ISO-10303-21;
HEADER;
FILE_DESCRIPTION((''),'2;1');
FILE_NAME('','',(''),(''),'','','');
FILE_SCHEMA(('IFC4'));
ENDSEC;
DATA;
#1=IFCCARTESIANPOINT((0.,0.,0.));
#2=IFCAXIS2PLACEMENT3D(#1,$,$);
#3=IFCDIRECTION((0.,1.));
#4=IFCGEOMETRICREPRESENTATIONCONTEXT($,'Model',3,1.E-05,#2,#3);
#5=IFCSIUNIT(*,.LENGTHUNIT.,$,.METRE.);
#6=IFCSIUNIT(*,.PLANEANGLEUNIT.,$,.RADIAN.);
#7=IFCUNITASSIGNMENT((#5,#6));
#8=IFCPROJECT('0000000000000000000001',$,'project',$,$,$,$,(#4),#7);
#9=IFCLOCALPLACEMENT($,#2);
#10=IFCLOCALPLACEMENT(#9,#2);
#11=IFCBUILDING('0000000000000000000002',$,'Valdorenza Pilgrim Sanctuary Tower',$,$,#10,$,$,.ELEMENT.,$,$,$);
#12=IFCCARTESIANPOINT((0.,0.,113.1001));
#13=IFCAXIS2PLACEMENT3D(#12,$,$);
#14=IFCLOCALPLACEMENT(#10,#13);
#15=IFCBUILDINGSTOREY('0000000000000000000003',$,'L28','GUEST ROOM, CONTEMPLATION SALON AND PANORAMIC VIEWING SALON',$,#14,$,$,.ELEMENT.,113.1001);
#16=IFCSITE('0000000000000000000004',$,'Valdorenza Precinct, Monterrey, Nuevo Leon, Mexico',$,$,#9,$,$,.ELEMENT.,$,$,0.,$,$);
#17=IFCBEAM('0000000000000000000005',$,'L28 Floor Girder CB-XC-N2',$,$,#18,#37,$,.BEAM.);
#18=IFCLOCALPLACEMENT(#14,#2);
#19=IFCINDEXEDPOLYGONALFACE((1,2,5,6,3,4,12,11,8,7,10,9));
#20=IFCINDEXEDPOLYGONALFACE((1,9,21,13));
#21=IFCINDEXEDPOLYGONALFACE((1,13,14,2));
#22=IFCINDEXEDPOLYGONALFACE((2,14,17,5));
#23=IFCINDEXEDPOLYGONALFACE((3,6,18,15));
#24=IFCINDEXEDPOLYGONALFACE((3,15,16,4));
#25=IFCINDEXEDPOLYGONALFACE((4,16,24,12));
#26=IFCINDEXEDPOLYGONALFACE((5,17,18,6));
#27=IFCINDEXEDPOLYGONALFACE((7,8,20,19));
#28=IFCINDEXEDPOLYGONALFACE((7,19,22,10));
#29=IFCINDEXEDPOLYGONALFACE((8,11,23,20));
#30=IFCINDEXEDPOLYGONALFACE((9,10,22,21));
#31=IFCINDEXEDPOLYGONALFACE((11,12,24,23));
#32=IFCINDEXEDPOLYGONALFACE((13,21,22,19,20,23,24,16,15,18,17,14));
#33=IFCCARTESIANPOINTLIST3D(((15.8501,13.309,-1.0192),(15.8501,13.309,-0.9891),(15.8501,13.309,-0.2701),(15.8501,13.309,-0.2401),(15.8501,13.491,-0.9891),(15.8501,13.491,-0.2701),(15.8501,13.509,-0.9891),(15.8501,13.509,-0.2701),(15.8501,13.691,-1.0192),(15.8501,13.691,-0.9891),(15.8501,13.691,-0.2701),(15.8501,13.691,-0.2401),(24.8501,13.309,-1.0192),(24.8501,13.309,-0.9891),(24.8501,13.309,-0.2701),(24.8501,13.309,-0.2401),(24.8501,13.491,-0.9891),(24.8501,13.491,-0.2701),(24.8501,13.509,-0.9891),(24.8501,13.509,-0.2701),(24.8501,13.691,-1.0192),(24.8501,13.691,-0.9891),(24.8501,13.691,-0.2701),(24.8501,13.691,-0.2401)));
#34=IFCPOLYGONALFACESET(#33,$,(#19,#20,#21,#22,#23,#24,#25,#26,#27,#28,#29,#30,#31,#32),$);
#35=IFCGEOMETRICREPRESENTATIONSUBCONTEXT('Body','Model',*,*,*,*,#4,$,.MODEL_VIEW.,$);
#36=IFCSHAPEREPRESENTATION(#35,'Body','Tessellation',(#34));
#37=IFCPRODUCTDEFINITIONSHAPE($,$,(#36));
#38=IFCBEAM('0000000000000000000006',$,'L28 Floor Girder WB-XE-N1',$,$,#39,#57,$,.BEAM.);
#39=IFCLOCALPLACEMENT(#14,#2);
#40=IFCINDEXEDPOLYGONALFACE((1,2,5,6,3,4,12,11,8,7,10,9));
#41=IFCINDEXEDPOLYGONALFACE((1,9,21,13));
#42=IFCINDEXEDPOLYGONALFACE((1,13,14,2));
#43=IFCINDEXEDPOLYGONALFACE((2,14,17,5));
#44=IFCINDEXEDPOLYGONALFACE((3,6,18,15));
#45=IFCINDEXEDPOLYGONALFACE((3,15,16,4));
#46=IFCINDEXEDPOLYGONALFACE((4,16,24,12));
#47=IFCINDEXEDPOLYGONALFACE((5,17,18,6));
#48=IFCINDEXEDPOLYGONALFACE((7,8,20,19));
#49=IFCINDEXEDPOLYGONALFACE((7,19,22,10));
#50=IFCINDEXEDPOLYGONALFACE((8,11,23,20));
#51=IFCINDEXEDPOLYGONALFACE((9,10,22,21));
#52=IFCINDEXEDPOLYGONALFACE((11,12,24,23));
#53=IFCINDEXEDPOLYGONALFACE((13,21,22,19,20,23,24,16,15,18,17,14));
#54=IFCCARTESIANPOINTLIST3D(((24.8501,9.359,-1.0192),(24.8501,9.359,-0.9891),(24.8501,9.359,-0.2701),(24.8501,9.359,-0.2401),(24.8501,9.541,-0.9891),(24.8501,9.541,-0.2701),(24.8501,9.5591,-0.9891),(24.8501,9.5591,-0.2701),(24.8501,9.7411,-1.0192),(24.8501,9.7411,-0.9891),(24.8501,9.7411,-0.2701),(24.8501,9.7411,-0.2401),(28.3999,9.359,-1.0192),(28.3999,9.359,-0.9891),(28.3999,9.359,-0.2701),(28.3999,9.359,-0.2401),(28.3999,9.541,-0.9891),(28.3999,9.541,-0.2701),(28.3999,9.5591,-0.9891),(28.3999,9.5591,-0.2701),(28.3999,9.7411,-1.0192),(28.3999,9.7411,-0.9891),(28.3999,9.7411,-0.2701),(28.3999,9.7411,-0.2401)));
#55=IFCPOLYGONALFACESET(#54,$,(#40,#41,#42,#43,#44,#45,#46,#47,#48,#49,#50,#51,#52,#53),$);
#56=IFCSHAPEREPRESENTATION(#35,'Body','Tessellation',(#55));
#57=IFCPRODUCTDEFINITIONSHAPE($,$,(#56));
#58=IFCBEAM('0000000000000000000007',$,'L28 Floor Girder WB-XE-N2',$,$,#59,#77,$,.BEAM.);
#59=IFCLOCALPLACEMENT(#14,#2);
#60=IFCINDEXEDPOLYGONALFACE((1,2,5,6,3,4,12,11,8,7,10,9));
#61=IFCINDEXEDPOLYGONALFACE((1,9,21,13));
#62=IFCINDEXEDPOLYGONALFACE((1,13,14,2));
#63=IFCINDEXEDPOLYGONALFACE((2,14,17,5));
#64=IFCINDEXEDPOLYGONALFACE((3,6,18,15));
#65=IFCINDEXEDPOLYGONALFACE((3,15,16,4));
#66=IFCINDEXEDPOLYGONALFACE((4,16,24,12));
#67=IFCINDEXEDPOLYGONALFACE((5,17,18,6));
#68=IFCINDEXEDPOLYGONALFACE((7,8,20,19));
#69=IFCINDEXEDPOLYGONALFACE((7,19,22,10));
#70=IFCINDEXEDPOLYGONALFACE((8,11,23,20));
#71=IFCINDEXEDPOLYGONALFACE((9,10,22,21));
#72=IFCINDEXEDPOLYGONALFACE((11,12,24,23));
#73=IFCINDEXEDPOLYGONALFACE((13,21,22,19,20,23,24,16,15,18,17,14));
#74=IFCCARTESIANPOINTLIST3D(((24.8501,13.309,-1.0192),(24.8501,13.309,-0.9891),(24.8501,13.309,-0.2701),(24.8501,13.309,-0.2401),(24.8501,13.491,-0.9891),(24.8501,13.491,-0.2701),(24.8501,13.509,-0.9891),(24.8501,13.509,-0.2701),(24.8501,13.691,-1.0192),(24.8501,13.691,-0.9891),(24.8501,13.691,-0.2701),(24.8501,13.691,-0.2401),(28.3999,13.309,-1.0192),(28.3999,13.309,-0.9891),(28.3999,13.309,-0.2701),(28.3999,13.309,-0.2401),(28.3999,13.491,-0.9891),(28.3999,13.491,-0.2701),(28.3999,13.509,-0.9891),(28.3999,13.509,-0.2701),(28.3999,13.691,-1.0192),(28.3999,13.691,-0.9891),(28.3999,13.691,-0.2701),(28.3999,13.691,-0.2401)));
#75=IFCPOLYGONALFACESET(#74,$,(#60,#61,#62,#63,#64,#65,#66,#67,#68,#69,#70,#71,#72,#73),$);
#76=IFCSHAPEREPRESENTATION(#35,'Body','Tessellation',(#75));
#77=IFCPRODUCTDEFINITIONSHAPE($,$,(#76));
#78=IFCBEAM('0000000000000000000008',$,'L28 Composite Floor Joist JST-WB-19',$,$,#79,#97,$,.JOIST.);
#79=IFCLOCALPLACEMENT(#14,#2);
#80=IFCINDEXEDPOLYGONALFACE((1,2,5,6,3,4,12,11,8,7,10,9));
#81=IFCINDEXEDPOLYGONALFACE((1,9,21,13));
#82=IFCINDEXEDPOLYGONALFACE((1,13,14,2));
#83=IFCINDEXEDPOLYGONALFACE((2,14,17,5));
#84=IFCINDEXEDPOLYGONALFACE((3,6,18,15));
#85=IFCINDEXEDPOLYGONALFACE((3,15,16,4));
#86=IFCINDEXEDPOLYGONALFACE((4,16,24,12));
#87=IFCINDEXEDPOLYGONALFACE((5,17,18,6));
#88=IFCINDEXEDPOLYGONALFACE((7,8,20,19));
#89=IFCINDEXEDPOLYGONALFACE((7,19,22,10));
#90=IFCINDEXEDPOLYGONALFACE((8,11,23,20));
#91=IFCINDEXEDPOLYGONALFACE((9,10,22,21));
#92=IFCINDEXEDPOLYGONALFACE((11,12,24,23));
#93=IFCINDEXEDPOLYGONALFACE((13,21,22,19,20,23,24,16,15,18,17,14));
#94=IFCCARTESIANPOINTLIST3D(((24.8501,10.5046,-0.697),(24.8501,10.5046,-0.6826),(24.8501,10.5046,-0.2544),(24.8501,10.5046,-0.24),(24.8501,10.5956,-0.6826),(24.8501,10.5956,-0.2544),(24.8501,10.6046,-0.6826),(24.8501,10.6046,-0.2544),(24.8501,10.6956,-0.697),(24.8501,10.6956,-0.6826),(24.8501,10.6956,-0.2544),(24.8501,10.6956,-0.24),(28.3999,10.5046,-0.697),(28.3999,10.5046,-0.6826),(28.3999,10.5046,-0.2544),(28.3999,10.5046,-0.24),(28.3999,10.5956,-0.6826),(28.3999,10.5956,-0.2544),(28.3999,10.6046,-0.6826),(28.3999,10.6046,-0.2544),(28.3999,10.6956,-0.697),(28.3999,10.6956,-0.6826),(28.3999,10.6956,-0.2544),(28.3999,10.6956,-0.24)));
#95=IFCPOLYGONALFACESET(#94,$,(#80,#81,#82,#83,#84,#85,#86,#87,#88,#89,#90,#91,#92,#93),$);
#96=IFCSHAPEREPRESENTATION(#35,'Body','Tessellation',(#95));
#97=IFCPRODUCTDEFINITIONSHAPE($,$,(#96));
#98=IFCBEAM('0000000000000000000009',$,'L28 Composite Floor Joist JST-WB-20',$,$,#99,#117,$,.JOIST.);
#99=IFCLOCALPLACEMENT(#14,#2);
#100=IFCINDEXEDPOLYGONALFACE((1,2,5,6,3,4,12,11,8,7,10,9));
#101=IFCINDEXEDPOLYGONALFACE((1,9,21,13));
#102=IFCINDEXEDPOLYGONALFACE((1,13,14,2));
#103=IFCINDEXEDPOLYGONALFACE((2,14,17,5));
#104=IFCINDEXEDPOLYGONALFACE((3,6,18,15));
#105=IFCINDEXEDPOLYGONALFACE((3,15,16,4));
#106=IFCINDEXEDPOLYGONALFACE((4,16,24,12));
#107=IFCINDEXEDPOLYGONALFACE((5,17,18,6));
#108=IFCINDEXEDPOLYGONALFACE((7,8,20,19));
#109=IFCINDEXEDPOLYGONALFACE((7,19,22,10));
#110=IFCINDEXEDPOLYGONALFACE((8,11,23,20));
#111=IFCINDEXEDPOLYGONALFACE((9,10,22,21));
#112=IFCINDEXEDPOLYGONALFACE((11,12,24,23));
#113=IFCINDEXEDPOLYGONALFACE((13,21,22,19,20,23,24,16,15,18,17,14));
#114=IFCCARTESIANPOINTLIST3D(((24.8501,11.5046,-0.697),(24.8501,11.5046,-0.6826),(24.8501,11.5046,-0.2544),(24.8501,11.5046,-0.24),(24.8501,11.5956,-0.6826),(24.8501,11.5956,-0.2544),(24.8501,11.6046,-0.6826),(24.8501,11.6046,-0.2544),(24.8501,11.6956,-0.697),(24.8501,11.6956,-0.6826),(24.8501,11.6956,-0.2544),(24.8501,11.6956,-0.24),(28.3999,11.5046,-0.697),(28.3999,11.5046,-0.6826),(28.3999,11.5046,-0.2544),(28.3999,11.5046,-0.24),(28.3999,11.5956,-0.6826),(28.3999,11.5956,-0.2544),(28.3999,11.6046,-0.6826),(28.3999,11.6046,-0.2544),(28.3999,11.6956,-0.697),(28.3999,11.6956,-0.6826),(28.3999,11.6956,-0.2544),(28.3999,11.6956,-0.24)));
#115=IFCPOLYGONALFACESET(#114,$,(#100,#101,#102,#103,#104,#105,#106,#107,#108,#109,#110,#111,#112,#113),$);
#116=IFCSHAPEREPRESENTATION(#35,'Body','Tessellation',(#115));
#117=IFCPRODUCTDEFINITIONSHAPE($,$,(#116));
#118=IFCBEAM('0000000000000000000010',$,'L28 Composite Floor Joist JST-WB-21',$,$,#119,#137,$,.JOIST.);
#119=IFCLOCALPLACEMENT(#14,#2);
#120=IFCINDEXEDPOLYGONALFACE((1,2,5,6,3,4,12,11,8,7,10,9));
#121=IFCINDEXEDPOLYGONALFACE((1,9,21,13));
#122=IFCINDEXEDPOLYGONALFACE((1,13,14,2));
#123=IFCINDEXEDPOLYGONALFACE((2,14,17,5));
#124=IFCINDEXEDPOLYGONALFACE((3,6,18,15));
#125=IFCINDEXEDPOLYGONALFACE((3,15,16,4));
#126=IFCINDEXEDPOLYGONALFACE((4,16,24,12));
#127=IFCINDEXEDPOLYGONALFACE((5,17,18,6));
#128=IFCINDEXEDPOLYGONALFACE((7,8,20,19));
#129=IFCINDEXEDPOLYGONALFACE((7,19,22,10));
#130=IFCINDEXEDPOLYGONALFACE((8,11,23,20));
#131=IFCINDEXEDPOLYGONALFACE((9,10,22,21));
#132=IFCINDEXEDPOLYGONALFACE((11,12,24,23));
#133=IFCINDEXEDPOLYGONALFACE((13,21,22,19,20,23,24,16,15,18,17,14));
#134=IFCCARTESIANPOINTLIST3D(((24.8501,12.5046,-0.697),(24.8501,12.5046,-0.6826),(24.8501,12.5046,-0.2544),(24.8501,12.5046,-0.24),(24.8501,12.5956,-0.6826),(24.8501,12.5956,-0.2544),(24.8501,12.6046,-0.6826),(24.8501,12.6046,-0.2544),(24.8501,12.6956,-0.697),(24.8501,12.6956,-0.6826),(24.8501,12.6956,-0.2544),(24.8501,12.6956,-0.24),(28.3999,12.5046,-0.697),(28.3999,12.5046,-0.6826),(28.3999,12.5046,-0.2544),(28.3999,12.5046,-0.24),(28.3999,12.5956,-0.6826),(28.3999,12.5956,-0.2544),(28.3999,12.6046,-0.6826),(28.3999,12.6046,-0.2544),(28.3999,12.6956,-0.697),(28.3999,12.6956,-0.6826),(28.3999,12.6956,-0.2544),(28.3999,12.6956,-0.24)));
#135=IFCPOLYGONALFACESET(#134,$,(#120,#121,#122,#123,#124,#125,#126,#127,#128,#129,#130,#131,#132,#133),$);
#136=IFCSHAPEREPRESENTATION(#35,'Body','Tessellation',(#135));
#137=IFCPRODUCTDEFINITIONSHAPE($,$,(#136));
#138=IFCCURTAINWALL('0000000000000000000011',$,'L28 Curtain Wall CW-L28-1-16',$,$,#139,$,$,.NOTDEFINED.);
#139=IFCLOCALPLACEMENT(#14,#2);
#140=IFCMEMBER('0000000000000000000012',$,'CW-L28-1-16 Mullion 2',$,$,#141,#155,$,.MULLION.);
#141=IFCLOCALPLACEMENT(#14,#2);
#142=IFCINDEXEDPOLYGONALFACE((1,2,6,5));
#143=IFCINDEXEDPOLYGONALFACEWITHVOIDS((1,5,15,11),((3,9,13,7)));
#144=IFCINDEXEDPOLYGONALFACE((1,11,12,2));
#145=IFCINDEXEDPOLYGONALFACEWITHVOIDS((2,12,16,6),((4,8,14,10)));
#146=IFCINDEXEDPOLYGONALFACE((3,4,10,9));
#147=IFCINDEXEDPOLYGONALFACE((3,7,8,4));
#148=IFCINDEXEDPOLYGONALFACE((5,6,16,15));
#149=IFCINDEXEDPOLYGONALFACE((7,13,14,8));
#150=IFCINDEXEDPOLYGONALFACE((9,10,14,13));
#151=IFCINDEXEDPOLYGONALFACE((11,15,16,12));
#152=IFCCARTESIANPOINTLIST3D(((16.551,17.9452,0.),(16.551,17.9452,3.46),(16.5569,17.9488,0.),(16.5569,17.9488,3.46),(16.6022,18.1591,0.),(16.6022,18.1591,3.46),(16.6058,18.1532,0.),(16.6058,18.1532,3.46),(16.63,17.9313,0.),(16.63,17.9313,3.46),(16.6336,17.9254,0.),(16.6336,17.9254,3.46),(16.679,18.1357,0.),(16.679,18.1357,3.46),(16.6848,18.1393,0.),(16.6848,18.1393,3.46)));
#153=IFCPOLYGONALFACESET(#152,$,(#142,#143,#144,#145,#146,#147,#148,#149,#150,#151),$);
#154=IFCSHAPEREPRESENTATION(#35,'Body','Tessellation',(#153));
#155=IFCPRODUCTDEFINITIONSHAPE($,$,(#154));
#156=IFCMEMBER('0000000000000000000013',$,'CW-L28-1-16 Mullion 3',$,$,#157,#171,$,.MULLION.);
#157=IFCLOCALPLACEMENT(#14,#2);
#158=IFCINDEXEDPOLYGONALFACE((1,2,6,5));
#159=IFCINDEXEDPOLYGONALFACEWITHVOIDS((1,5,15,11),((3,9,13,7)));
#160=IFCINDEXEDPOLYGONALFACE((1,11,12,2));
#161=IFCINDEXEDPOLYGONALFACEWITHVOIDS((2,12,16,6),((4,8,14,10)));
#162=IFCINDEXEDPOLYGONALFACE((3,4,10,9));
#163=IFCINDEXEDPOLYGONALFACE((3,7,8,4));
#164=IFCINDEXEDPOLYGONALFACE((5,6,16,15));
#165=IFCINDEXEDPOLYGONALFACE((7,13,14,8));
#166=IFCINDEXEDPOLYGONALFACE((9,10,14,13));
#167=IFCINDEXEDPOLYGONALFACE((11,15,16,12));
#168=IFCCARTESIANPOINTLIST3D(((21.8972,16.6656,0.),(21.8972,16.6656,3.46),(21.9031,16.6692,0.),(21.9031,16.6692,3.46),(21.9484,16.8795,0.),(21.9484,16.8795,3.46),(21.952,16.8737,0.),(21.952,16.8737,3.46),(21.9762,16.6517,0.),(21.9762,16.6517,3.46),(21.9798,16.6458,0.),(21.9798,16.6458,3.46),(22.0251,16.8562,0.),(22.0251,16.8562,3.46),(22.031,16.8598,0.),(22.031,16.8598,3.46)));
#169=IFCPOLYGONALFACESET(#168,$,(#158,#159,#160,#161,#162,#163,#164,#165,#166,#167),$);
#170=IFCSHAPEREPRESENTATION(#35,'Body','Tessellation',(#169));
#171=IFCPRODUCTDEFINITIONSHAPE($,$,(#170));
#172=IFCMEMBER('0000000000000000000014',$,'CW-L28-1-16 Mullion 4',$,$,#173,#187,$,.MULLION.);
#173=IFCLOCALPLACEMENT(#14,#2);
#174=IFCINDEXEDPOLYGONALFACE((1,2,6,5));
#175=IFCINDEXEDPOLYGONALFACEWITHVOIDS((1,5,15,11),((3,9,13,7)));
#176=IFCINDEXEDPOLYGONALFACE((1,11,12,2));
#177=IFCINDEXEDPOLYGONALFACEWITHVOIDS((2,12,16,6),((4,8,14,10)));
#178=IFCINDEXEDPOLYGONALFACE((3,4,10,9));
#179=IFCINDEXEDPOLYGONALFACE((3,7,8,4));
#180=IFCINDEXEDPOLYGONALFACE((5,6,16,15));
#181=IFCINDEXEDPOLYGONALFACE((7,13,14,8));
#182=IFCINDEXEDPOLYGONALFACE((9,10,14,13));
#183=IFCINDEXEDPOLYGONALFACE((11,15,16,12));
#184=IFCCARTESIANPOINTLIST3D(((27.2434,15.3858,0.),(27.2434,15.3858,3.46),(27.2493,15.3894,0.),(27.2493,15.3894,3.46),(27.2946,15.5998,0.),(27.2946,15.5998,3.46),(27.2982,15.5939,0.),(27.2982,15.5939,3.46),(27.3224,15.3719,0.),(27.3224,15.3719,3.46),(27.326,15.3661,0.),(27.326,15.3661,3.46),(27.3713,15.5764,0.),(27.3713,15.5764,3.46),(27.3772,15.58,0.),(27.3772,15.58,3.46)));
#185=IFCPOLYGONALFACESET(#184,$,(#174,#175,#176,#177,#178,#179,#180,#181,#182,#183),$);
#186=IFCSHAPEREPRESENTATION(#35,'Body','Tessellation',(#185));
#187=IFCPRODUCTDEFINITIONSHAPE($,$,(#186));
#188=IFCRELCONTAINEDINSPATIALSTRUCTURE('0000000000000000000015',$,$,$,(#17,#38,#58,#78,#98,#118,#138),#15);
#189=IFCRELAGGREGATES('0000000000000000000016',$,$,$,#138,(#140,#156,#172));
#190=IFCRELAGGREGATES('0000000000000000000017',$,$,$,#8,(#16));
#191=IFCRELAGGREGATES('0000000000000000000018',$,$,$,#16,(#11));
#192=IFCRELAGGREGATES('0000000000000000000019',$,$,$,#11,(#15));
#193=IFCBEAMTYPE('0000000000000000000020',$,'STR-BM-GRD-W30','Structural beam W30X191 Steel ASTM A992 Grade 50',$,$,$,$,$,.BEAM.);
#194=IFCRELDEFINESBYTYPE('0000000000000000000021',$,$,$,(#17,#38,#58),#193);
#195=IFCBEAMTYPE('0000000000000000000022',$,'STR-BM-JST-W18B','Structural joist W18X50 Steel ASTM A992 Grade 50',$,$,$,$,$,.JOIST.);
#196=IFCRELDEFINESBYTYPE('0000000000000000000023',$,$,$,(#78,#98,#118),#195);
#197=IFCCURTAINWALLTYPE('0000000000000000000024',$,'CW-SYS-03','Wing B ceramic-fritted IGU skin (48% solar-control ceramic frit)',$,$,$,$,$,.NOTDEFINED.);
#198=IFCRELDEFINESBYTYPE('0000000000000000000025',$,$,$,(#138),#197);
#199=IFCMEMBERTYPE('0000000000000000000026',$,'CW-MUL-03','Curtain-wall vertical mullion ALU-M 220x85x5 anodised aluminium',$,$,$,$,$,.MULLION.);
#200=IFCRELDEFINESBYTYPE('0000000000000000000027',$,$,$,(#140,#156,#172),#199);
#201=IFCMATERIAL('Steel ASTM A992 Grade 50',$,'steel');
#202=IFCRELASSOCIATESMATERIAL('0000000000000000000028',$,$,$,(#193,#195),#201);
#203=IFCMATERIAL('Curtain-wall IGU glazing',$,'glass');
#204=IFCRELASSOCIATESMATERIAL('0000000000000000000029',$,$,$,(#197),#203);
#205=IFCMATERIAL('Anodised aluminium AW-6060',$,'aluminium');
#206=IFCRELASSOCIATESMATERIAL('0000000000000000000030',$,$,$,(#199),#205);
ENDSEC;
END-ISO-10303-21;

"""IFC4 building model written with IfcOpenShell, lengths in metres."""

from ifc_helpers import new_model, si_unit, direction, frame, origin, origin_2d, place, context, subcontext, project, spatial, hollow_rectangle, i_section, extrude, source, transform, mapped, material, material_profile, profile_set, type_object, element, aggregate, save


model = new_model("IFC4")

# Units and contexts
model_context = context("Model", 3, precision=1e-05, world=origin(), true_north=direction((0.0, 1.0)))
body_context = subcontext(model_context, "Body", "Model", "MODEL_VIEW")
ifc_project = project(units=[si_unit("LENGTHUNIT", "METRE"), si_unit("PLANEANGLEUNIT", "RADIAN")], contexts=[model_context])

# Site, building, storey
site_placement = place(None, origin())
site = spatial("IfcSite", under=ifc_project, at=site_placement, Name="Valdorenza Precinct, Monterrey, Nuevo Leon, Mexico", CompositionType="ELEMENT", RefElevation=0.0)
building_placement = place(site_placement, origin())
building = spatial("IfcBuilding", under=site, at=building_placement, Name="Valdorenza Pilgrim Sanctuary Tower", CompositionType="ELEMENT")
storey_placement = place(building_placement, frame((0.0, 0.0, 113.1001)))
storey = spatial("IfcBuildingStorey", under=building, at=storey_placement, Name="L28", Description="GUEST ROOM, CONTEMPLATION SALON AND PANORAMIC VIEWING SALON", CompositionType="ELEMENT", Elevation=113.1001)

# Shared definitions
ifc_material_1 = material(Name="Steel ASTM A992 Grade 50", Category="steel")

# Beams
ifc_material_profile_1 = material_profile(ifc_material_1, i_section(OverallWidth=0.3821, OverallDepth=0.7791, WebThickness=0.0181, FlangeThickness=0.03, at=origin_2d()), Name="W30X191")
ifc_profile_set_1 = profile_set([ifc_material_profile_1], Name="Steel ASTM A992 Grade 50")
beam_type_1 = type_object("IfcBeamType", Name="STR-BM-GRD-W30", Description="Structural beam W30X191 Steel ASTM A992 Grade 50", PredefinedType="BEAM", material=ifc_profile_set_1)
shared_shape_1 = source(origin(), body_context, "Body", "SweptSolid", [
    extrude(i_section(OverallWidth=0.3821, OverallDepth=0.7791, WebThickness=0.0181, FlangeThickness=0.03, at=origin_2d()), origin(), (0.0, 0.0, 1.0), 9.0),
])
for number, where, z_axis, x_axis, name in (
    (1, (15.8501, 13.5, -0.6296), (1.0, 0.0, 0.0), (0.0, 1.0, 0.0), "L28 Floor Girder CB-XC-N2"),
):
    element("IfcBeam", number, at=place(storey_placement, frame(where, z_axis=z_axis, x_axis=x_axis)), inside=storey, type_object=beam_type_1, Name=name, PredefinedType="BEAM", context=body_context, shape_type="MappedRepresentation", body=[
        mapped(shared_shape_1, transform((0.0, 0.0, 0.0), x_axis=(1.0, 0.0, 0.0), y_axis=(0.0, 1.0, 0.0), z_axis=(0.0, 0.0, 1.0), scale=1.0)),
    ])
shared_shape_2 = source(origin(), body_context, "Body", "SweptSolid", [
    extrude(i_section(OverallWidth=0.3821, OverallDepth=0.7791, WebThickness=0.0181, FlangeThickness=0.03, at=origin_2d()), origin(), (0.0, 0.0, 1.0), 3.5498),
])
for number, where, z_axis, x_axis, name in (
    (2, (24.8501, 9.55, -0.6296), (1.0, 0.0, 0.0), (0.0, 1.0, 0.0), "L28 Floor Girder WB-XE-N1"),
    (3, (24.8501, 13.5, -0.6296), (1.0, 0.0, 0.0), (0.0, 1.0, 0.0), "L28 Floor Girder WB-XE-N2"),
):
    element("IfcBeam", number, at=place(storey_placement, frame(where, z_axis=z_axis, x_axis=x_axis)), inside=storey, type_object=beam_type_1, Name=name, PredefinedType="BEAM", context=body_context, shape_type="MappedRepresentation", body=[
        mapped(shared_shape_2, transform((0.0, 0.0, 0.0), x_axis=(1.0, 0.0, 0.0), y_axis=(0.0, 1.0, 0.0), z_axis=(0.0, 0.0, 1.0), scale=1.0)),
    ])
ifc_material_profile_2 = material_profile(ifc_material_1, i_section(OverallWidth=0.1909, OverallDepth=0.457, WebThickness=0.009, FlangeThickness=0.0144, at=origin_2d()), Name="W18X50")
ifc_profile_set_2 = profile_set([ifc_material_profile_2], Name="Steel ASTM A992 Grade 50")
beam_type_2 = type_object("IfcBeamType", Name="STR-BM-JST-W18B", Description="Structural joist W18X50 Steel ASTM A992 Grade 50", PredefinedType="JOIST", material=ifc_profile_set_2)
shared_shape_3 = source(origin(), body_context, "Body", "SweptSolid", [
    extrude(i_section(OverallWidth=0.1909, OverallDepth=0.457, WebThickness=0.009, FlangeThickness=0.0144, at=origin_2d()), origin(), (0.0, 0.0, 1.0), 3.5498),
])
for number, where, z_axis, x_axis, name in (
    (4, (24.8501, 10.6001, -0.4685), (1.0, 0.0, 0.0), (0.0, 1.0, 0.0), "L28 Composite Floor Joist JST-WB-19"),
    (5, (24.8501, 11.6001, -0.4685), (1.0, 0.0, 0.0), (0.0, 1.0, 0.0), "L28 Composite Floor Joist JST-WB-20"),
    (6, (24.8501, 12.6001, -0.4685), (1.0, 0.0, 0.0), (0.0, 1.0, 0.0), "L28 Composite Floor Joist JST-WB-21"),
):
    element("IfcBeam", number, at=place(storey_placement, frame(where, z_axis=z_axis, x_axis=x_axis)), inside=storey, type_object=beam_type_2, Name=name, PredefinedType="JOIST", context=body_context, shape_type="MappedRepresentation", body=[
        mapped(shared_shape_3, transform((0.0, 0.0, 0.0), x_axis=(1.0, 0.0, 0.0), y_axis=(0.0, 1.0, 0.0), z_axis=(0.0, 0.0, 1.0), scale=1.0)),
    ])

# Curtain wall, members
ifc_material_2 = material(Name="Curtain-wall IGU glazing", Category="glass")
curtain_wall_type = type_object("IfcCurtainWallType", Name="CW-SYS-03", Description="Wing B ceramic-fritted IGU skin (48% solar-control ceramic frit)", PredefinedType="NOTDEFINED", material=ifc_material_2)
curtain_wall_1_placement = place(storey_placement, origin())
curtain_wall_1 = element("IfcCurtainWall", 7, at=curtain_wall_1_placement, inside=storey, type_object=curtain_wall_type, Name="L28 Curtain Wall CW-L28-1-16", PredefinedType="NOTDEFINED")
ifc_material_3 = material(Name="Anodised aluminium AW-6060", Category="aluminium")
ifc_material_profile_3 = material_profile(ifc_material_3, hollow_rectangle(XDim=0.085, YDim=0.22, WallThickness=0.0049, at=origin_2d()), Name="ALU-M 220x85x5")
ifc_profile_set_3 = profile_set([ifc_material_profile_3], Name="Anodised aluminium AW-6060")
member_type_1 = type_object("IfcMemberType", Name="CW-MUL-03", Description="Curtain-wall vertical mullion ALU-M 220x85x5 anodised aluminium", PredefinedType="MULLION", material=ifc_profile_set_3)
shared_shape_4 = source(origin(), body_context, "Body", "SweptSolid", [
    extrude(hollow_rectangle(XDim=0.085, YDim=0.22, WallThickness=0.0049, at=origin_2d()), origin(), (0.0, 0.0, 1.0), 3.46),
])
member_1_placement = place(storey_placement, frame((16.6179, 18.0422, 0.0), z_axis=(0.0, 0.0, 1.0), x_axis=(0.972529, -0.232783, 0.0)))
member_1 = element("IfcMember", 8, at=member_1_placement, type_object=member_type_1, Name="CW-L28-1-16 Mullion 2", PredefinedType="MULLION", context=body_context, shape_type="MappedRepresentation", body=[
    mapped(shared_shape_4, transform((0.0, 0.0, 0.0), x_axis=(1.0, 0.0, 0.0), y_axis=(0.0, 1.0, 0.0), z_axis=(0.0, 0.0, 1.0), scale=1.0)),
])
member_2_placement = place(storey_placement, frame((21.9641, 16.7627, 0.0), z_axis=(0.0, 0.0, 1.0), x_axis=(0.972529, -0.232783, 0.0)))
member_2 = element("IfcMember", 9, at=member_2_placement, type_object=member_type_1, Name="CW-L28-1-16 Mullion 3", PredefinedType="MULLION", context=body_context, shape_type="MappedRepresentation", body=[
    mapped(shared_shape_4, transform((0.0, 0.0, 0.0), x_axis=(1.0, 0.0, 0.0), y_axis=(0.0, 1.0, 0.0), z_axis=(0.0, 0.0, 1.0), scale=1.0)),
])
member_3_placement = place(storey_placement, frame((27.3103, 15.4829, 0.0), z_axis=(0.0, 0.0, 1.0), x_axis=(0.972529, -0.232783, 0.0)))
member_3 = element("IfcMember", 10, at=member_3_placement, type_object=member_type_1, Name="CW-L28-1-16 Mullion 4", PredefinedType="MULLION", context=body_context, shape_type="MappedRepresentation", body=[
    mapped(shared_shape_4, transform((0.0, 0.0, 0.0), x_axis=(1.0, 0.0, 0.0), y_axis=(0.0, 1.0, 0.0), z_axis=(0.0, 0.0, 1.0), scale=1.0)),
])

aggregate(curtain_wall_1, [member_1, member_2, member_3])

save(model, "model.ifc")
